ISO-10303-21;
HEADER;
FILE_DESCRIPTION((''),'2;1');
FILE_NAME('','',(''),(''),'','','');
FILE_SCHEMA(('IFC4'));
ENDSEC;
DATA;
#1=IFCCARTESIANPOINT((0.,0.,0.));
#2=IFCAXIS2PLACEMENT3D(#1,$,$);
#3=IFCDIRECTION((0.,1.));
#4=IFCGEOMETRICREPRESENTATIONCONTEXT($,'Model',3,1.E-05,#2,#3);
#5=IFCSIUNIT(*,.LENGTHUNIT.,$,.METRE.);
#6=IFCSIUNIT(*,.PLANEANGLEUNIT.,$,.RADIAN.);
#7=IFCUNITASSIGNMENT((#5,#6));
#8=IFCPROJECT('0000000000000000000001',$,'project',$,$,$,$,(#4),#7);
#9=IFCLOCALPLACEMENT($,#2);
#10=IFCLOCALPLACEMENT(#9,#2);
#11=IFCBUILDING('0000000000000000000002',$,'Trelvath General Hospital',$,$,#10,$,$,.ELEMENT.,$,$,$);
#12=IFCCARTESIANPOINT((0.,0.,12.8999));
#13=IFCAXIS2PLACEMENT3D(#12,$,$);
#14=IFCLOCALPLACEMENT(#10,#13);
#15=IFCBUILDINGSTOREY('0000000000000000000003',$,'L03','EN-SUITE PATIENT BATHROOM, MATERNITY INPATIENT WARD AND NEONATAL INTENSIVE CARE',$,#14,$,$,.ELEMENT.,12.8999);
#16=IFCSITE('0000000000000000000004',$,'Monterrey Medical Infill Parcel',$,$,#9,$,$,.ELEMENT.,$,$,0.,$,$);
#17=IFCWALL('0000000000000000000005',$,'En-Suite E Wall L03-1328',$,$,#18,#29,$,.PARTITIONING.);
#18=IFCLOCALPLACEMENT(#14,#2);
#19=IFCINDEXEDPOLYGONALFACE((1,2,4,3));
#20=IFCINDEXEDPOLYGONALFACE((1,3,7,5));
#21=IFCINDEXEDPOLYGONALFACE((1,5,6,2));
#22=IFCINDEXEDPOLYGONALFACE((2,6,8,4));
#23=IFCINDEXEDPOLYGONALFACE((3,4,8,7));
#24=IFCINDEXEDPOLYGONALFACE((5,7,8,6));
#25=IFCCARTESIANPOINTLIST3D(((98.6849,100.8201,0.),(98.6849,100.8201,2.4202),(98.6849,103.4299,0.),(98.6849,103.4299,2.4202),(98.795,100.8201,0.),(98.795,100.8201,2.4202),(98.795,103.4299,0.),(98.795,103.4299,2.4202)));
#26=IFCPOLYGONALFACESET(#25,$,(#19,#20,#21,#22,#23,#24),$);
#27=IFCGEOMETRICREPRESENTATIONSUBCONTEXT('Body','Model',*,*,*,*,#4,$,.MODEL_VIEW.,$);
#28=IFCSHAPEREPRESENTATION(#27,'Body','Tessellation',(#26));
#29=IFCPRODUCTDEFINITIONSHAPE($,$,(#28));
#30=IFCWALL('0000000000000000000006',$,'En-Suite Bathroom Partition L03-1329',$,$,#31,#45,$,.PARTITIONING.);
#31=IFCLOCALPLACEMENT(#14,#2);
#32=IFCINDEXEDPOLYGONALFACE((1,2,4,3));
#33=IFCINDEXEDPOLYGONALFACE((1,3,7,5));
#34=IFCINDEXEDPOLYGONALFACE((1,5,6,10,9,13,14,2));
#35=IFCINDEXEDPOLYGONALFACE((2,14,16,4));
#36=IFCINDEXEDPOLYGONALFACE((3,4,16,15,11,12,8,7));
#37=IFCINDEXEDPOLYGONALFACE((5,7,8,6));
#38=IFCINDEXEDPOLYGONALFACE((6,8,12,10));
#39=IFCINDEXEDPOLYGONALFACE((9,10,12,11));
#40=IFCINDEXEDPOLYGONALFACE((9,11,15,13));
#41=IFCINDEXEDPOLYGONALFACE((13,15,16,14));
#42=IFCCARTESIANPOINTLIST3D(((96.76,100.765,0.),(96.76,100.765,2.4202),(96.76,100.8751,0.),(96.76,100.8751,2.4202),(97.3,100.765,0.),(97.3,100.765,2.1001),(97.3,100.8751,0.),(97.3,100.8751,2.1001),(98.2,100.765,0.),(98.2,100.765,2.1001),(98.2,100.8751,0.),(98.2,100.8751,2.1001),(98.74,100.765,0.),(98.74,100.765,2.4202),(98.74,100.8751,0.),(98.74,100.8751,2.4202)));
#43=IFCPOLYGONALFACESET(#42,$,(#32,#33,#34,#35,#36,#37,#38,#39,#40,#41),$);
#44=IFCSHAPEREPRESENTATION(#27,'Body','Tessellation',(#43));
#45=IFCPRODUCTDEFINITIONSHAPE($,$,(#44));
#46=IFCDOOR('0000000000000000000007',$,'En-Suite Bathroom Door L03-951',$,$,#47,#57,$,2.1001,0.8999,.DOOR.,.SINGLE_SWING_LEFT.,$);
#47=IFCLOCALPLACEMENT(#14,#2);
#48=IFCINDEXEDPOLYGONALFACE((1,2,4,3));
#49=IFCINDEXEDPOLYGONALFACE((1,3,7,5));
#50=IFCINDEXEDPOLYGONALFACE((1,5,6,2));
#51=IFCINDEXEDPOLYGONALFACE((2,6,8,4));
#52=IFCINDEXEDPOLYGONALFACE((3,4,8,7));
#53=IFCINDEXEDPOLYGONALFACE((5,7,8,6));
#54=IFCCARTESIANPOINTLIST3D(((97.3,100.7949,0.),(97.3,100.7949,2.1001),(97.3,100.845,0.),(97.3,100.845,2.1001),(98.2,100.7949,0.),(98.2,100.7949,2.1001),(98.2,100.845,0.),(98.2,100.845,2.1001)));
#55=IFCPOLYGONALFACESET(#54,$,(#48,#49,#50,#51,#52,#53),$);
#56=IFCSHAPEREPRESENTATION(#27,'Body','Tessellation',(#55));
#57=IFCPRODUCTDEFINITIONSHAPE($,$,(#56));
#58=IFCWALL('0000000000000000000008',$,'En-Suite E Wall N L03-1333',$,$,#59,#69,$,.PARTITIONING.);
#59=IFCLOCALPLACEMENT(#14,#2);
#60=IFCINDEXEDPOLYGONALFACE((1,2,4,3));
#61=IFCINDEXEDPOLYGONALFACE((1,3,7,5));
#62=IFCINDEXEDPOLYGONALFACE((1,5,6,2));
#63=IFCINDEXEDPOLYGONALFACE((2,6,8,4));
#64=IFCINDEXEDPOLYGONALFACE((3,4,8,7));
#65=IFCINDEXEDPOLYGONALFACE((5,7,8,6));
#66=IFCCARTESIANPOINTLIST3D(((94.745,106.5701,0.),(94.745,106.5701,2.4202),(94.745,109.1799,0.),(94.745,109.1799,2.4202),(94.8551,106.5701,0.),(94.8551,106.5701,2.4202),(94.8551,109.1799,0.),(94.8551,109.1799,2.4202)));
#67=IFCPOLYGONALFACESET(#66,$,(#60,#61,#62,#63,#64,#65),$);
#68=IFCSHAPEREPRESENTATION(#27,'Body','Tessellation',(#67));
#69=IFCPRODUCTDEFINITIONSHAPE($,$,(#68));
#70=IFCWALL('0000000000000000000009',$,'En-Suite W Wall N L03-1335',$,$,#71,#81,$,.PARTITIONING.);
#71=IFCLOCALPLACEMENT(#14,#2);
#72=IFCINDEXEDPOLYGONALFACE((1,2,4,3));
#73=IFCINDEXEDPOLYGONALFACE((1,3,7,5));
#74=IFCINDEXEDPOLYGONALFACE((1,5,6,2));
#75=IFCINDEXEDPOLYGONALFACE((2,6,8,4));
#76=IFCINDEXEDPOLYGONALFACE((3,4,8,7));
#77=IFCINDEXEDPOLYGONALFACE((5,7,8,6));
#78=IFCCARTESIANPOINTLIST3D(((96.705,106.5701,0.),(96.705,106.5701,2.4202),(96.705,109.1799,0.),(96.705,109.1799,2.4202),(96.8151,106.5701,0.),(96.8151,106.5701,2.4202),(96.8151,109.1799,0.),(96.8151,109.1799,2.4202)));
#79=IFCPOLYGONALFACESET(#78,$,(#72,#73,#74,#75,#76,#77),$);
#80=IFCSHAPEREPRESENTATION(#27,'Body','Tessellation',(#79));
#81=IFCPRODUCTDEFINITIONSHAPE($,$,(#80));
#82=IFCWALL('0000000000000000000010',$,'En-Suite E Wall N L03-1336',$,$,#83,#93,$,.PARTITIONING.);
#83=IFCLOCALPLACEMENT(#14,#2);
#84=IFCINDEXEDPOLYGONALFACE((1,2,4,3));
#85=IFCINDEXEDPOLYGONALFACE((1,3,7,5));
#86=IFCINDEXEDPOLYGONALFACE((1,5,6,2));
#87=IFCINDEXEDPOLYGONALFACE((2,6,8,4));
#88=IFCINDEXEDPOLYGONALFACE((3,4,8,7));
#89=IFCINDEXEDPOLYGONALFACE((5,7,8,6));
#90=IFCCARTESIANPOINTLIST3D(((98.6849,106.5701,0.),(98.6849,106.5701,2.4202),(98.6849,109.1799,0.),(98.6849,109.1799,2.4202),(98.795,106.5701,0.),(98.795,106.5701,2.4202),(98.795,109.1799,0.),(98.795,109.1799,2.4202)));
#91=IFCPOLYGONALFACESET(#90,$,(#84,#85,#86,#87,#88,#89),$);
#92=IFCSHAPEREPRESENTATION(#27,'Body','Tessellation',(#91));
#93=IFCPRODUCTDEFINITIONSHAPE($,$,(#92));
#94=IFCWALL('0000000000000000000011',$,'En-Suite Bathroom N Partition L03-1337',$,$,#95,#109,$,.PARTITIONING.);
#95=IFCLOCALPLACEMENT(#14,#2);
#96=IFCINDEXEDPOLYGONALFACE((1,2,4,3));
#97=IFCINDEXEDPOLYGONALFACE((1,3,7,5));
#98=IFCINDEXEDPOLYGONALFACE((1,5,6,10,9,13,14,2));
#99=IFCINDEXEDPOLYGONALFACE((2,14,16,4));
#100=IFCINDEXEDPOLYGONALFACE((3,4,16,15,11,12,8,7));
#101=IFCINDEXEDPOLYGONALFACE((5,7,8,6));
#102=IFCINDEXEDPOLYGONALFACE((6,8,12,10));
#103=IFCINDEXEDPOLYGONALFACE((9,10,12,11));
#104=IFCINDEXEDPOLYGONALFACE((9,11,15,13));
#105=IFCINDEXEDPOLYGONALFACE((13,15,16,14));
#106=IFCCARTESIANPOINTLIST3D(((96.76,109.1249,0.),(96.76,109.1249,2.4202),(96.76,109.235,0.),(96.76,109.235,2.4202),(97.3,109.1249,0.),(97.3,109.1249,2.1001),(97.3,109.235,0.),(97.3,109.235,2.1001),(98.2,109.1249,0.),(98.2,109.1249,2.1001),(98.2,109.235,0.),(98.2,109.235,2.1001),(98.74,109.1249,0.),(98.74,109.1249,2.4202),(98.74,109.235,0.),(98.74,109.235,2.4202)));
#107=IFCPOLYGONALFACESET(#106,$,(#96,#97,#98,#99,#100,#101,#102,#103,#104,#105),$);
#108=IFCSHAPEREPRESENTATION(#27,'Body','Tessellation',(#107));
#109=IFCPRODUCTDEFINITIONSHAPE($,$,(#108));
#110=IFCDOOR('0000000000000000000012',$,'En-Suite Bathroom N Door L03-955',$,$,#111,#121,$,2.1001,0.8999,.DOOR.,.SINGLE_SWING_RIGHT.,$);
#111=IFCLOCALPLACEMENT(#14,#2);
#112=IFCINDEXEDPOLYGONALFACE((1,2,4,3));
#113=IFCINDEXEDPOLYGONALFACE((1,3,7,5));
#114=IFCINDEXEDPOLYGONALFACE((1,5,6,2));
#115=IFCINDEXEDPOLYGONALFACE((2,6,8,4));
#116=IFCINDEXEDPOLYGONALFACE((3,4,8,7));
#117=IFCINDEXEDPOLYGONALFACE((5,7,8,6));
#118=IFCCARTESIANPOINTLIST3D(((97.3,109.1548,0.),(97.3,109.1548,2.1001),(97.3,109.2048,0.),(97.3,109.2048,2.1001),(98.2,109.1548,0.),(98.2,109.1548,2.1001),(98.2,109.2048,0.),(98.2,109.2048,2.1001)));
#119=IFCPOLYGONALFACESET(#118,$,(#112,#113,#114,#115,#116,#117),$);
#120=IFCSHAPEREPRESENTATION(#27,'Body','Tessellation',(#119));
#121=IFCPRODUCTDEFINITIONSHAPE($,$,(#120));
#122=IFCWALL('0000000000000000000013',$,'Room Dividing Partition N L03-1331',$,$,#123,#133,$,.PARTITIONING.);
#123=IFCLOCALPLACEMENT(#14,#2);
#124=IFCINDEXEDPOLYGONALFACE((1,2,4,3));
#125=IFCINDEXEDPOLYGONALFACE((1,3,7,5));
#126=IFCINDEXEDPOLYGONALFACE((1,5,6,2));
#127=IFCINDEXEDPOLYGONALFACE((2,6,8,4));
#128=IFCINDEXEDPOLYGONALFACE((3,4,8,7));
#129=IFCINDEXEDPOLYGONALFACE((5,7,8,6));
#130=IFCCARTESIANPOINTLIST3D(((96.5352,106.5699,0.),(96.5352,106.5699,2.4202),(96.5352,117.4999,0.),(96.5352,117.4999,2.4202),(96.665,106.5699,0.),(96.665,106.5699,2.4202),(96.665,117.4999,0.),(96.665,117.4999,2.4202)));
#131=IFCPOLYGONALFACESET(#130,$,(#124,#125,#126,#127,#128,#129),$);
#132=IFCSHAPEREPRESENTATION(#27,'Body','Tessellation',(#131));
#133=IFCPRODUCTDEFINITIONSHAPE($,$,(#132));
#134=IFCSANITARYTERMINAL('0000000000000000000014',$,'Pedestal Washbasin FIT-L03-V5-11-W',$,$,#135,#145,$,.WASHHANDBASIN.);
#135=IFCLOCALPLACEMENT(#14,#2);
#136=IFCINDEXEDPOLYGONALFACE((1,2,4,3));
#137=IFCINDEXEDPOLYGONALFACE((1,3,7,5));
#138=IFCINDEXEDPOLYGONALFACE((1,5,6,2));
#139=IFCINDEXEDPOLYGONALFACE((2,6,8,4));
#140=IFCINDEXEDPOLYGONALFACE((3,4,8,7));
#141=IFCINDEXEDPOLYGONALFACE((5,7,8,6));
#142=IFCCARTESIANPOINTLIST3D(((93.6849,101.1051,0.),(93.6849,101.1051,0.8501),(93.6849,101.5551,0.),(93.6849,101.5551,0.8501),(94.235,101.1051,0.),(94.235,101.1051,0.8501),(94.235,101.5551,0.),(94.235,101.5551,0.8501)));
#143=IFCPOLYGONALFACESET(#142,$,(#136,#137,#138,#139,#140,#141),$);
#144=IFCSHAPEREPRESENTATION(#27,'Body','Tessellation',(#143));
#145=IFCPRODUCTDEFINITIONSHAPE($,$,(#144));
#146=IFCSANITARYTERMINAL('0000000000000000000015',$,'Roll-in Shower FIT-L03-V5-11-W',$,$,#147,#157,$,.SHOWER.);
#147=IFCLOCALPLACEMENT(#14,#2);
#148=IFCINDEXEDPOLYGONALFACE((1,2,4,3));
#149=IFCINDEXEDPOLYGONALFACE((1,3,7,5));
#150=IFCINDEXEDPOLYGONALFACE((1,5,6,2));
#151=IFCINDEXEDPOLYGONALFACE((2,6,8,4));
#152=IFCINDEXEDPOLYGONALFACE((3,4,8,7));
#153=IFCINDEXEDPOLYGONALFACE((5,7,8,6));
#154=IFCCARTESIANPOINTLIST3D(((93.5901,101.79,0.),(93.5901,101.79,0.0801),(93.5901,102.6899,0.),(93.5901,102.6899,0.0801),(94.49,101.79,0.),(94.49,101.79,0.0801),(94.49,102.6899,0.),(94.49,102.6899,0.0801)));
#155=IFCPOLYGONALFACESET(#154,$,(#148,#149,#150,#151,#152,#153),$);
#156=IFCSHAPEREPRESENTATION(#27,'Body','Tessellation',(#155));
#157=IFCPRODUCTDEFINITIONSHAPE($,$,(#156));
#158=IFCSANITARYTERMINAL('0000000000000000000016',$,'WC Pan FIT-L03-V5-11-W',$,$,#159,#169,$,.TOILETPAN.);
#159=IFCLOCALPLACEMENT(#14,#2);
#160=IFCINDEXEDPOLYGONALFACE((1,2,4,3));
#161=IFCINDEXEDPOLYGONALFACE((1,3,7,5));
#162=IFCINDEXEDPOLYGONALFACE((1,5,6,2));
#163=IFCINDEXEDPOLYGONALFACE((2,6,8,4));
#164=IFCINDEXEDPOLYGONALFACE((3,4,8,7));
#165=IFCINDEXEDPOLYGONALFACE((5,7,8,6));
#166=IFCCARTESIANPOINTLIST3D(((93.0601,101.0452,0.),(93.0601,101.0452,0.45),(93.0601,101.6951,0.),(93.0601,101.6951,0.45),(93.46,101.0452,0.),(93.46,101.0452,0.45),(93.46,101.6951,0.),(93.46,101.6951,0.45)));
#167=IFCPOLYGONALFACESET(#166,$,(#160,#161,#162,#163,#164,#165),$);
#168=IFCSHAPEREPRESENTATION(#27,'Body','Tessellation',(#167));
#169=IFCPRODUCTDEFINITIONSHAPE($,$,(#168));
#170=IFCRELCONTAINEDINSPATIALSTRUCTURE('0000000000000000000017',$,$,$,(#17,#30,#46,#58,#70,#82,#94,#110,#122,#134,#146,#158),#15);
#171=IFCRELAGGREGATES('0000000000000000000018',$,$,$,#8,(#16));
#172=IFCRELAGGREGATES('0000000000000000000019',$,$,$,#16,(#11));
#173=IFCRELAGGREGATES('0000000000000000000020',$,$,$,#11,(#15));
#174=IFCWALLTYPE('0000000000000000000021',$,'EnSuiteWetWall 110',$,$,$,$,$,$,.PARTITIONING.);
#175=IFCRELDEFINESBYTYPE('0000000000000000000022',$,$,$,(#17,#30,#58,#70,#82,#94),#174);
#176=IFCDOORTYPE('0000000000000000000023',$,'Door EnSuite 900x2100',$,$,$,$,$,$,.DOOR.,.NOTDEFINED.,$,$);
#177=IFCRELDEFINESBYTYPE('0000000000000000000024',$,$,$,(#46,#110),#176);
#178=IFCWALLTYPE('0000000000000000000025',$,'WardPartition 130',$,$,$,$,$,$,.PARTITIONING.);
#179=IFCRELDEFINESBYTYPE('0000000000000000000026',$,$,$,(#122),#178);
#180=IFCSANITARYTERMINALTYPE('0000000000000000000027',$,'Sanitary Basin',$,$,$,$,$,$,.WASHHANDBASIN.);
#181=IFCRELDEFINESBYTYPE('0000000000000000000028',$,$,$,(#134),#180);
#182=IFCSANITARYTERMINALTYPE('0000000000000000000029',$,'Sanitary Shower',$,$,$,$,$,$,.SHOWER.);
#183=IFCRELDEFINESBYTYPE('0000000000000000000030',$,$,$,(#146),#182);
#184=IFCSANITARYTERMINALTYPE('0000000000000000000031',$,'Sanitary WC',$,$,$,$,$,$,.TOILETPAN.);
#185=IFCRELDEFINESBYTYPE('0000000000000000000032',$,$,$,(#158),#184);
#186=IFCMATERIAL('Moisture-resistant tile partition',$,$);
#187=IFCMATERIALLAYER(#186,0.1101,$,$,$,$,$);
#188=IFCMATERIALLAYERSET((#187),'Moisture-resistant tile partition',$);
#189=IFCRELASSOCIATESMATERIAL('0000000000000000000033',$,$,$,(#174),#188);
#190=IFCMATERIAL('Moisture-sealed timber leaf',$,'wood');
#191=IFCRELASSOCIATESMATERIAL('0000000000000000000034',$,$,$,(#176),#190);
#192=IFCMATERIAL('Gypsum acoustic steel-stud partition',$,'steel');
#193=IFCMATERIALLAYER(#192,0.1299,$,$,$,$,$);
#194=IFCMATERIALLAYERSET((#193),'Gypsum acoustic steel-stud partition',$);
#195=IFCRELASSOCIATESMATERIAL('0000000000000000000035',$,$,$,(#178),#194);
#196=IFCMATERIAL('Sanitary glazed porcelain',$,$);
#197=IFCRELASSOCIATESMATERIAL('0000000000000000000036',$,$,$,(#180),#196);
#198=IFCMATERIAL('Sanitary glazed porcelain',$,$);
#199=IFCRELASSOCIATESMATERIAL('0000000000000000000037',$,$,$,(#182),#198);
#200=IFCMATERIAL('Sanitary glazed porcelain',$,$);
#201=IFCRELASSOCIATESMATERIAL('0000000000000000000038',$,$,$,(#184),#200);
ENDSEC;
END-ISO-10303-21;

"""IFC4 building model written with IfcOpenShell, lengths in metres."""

from ifc_helpers import new_model, si_unit, direction, frame, frame_2d, origin, origin_2d, place, context, subcontext, project, spatial, rectangle, extrude, material, layer, layer_set, type_object, element, fill, save


model = new_model("IFC4")

# Units and contexts
model_context = context("Model", 3, precision=1e-05, world=origin(), true_north=direction((0.0, 1.0)))
body_context = subcontext(model_context, "Body", "Model", "MODEL_VIEW")
ifc_project = project(units=[si_unit("LENGTHUNIT", "METRE"), si_unit("PLANEANGLEUNIT", "RADIAN")], contexts=[model_context])

# Site, building, storey
site_placement = place(None, origin())
site = spatial("IfcSite", under=ifc_project, at=site_placement, Name="Monterrey Medical Infill Parcel", CompositionType="ELEMENT", RefElevation=0.0)
building_placement = place(site_placement, origin())
building = spatial("IfcBuilding", under=site, at=building_placement, Name="Trelvath General Hospital", CompositionType="ELEMENT")
storey_placement = place(building_placement, frame((0.0, 0.0, 12.8999)))
storey = spatial("IfcBuildingStorey", under=building, at=storey_placement, Name="L03", Description="EN-SUITE PATIENT BATHROOM, MATERNITY INPATIENT WARD AND NEONATAL INTENSIVE CARE", CompositionType="ELEMENT", Elevation=12.8999)

# Wall
ifc_material_1 = material(Name="Moisture-resistant tile partition")
ifc_layer_1 = layer(ifc_material_1, 0.1101)
ifc_layer_set_1 = layer_set([ifc_layer_1], Name="Moisture-resistant tile partition")
wall_type_1 = type_object("IfcWallType", Name="EnSuiteWetWall 110", PredefinedType="PARTITIONING", material=ifc_layer_set_1)
for number, where, z_axis, x_axis, name in (
    (1, (98.74, 100.8201, 0.0), (0.0, 0.0, 1.0), (0.0, 1.0, 0.0), "En-Suite E Wall L03-1328"),
):
    element("IfcWall", number, at=place(storey_placement, frame(where, z_axis=z_axis, x_axis=x_axis)), inside=storey, type_object=wall_type_1, Name=name, PredefinedType="PARTITIONING", context=body_context, shape_type="SweptSolid", body=[
        extrude(rectangle(XDim=2.6099, YDim=0.1101, at=frame_2d((1.3049, 0.0))), origin(), (0.0, 0.0, 1.0), 2.4202),
    ])

# Wall, opening, door
wall_1_placement = place(storey_placement, frame((96.76, 100.8201, 0.0), z_axis=(0.0, 0.0, 1.0), x_axis=(1.0, 0.0, 0.0)))
wall_1 = element("IfcWall", 2, at=wall_1_placement, inside=storey, type_object=wall_type_1, Name="En-Suite Bathroom Partition L03-1329", PredefinedType="PARTITIONING", context=body_context, shape_type="SweptSolid", body=[
    extrude(rectangle(XDim=1.98, YDim=0.1101, at=frame_2d((0.99, 0.0))), origin(), (0.0, 0.0, 1.0), 2.4202),
])
opening_1_placement = place(wall_1_placement, frame((0.54, 0.0, 0.0)))
opening_1 = element("IfcOpeningElement", 3, at=opening_1_placement, cuts=wall_1, PredefinedType="OPENING", context=body_context, shape_type="SweptSolid", body=[
    extrude(rectangle(XDim=0.8999, YDim=2.1001, at=frame_2d((0.45, 1.05))), frame((0.0, 0.0649, 0.0), z_axis=(0.0, -1.0, 0.0), x_axis=(1.0, 0.0, 0.0)), (0.0, 0.0, 1.0), 0.1301),
])
ifc_material_2 = material(Name="Moisture-sealed timber leaf", Category="wood")
door_type = type_object("IfcDoorType", Name="Door EnSuite 900x2100", OperationType="NOTDEFINED", PredefinedType="DOOR", material=ifc_material_2)
door_1_placement = place(opening_1_placement, origin())
door_1 = element("IfcDoor", 4, at=door_1_placement, inside=storey, type_object=door_type, Name="En-Suite Bathroom Door L03-951", OperationType="SINGLE_SWING_LEFT", OverallHeight=2.1001, OverallWidth=0.8999, PredefinedType="DOOR", context=body_context, shape_type="SweptSolid", body=[
    extrude(rectangle(XDim=0.8999, YDim=2.1001, at=frame_2d((0.45, 1.05))), frame((0.0, 0.0249, 0.0), z_axis=(0.0, -1.0, 0.0), x_axis=(1.0, 0.0, 0.0)), (0.0, 0.0, 1.0), 0.05),
])
fill(opening_1, door_1)

# Walls
for number, where, z_axis, x_axis, name in (
    (5, (94.8, 106.5701, 0.0), (0.0, 0.0, 1.0), (0.0, 1.0, 0.0), "En-Suite E Wall N L03-1333"),
    (6, (96.76, 106.5701, 0.0), (0.0, 0.0, 1.0), (0.0, 1.0, 0.0), "En-Suite W Wall N L03-1335"),
    (7, (98.74, 106.5701, 0.0), (0.0, 0.0, 1.0), (0.0, 1.0, 0.0), "En-Suite E Wall N L03-1336"),
):
    element("IfcWall", number, at=place(storey_placement, frame(where, z_axis=z_axis, x_axis=x_axis)), inside=storey, type_object=wall_type_1, Name=name, PredefinedType="PARTITIONING", context=body_context, shape_type="SweptSolid", body=[
        extrude(rectangle(XDim=2.6099, YDim=0.1101, at=frame_2d((1.3049, 0.0))), origin(), (0.0, 0.0, 1.0), 2.4202),
    ])

# Wall, opening, door
wall_2_placement = place(storey_placement, frame((96.76, 109.1799, 0.0), z_axis=(0.0, 0.0, 1.0), x_axis=(1.0, 0.0, 0.0)))
wall_2 = element("IfcWall", 8, at=wall_2_placement, inside=storey, type_object=wall_type_1, Name="En-Suite Bathroom N Partition L03-1337", PredefinedType="PARTITIONING", context=body_context, shape_type="SweptSolid", body=[
    extrude(rectangle(XDim=1.98, YDim=0.1101, at=frame_2d((0.99, 0.0))), origin(), (0.0, 0.0, 1.0), 2.4202),
])
opening_2_placement = place(wall_2_placement, frame((0.54, 0.0, 0.0)))
opening_2 = element("IfcOpeningElement", 9, at=opening_2_placement, cuts=wall_2, PredefinedType="OPENING", context=body_context, shape_type="SweptSolid", body=[
    extrude(rectangle(XDim=0.8999, YDim=2.1001, at=frame_2d((0.45, 1.05))), frame((0.0, 0.0649, 0.0), z_axis=(0.0, -1.0, 0.0), x_axis=(1.0, 0.0, 0.0)), (0.0, 0.0, 1.0), 0.1301),
])
door_2_placement = place(opening_2_placement, origin())
door_2 = element("IfcDoor", 10, at=door_2_placement, inside=storey, type_object=door_type, Name="En-Suite Bathroom N Door L03-955", OperationType="SINGLE_SWING_RIGHT", OverallHeight=2.1001, OverallWidth=0.8999, PredefinedType="DOOR", context=body_context, shape_type="SweptSolid", body=[
    extrude(rectangle(XDim=0.8999, YDim=2.1001, at=frame_2d((0.45, 1.05))), frame((0.0, 0.0249, 0.0), z_axis=(0.0, -1.0, 0.0), x_axis=(1.0, 0.0, 0.0)), (0.0, 0.0, 1.0), 0.05),
])
fill(opening_2, door_2)

# Wall
ifc_material_3 = material(Name="Gypsum acoustic steel-stud partition", Category="steel")
ifc_layer_2 = layer(ifc_material_3, 0.1299)
ifc_layer_set_2 = layer_set([ifc_layer_2], Name="Gypsum acoustic steel-stud partition")
wall_type_2 = type_object("IfcWallType", Name="WardPartition 130", PredefinedType="PARTITIONING", material=ifc_layer_set_2)
wall_3_placement = place(storey_placement, frame((96.6001, 106.5701, 0.0), z_axis=(0.0, 0.0, 1.0), x_axis=(0.0, 1.0, 0.0)))
element("IfcWall", 11, at=wall_3_placement, inside=storey, type_object=wall_type_2, Name="Room Dividing Partition N L03-1331", PredefinedType="PARTITIONING", context=body_context, shape_type="SweptSolid", body=[
    extrude(rectangle(XDim=10.9299, YDim=0.1299, at=frame_2d((5.4648, 0.0))), origin(), (0.0, 0.0, 1.0), 2.4202),
])

# Sanitary terminals
ifc_material_4 = material(Name="Sanitary glazed porcelain")
sanitary_terminal_type_1 = type_object("IfcSanitaryTerminalType", Name="Sanitary Basin", PredefinedType="WASHHANDBASIN", material=ifc_material_4)
sanitary_terminal_1_placement = place(storey_placement, frame((93.96, 101.3301, 0.0), z_axis=(0.0, 0.0, 1.0), x_axis=(1.0, 0.0, 0.0)))
element("IfcSanitaryTerminal", 12, at=sanitary_terminal_1_placement, inside=storey, type_object=sanitary_terminal_type_1, Name="Pedestal Washbasin FIT-L03-V5-11-W", PredefinedType="WASHHANDBASIN", context=body_context, shape_type="SweptSolid", body=[
    extrude(rectangle(XDim=0.55, YDim=0.45, at=origin_2d()), origin(), (0.0, 0.0, 1.0), 0.8501),
])
ifc_material_5 = material(Name="Sanitary glazed porcelain")
sanitary_terminal_type_2 = type_object("IfcSanitaryTerminalType", Name="Sanitary Shower", PredefinedType="SHOWER", material=ifc_material_5)
sanitary_terminal_2_placement = place(storey_placement, frame((94.04, 102.24, 0.0), z_axis=(0.0, 0.0, 1.0), x_axis=(1.0, 0.0, 0.0)))
element("IfcSanitaryTerminal", 13, at=sanitary_terminal_2_placement, inside=storey, type_object=sanitary_terminal_type_2, Name="Roll-in Shower FIT-L03-V5-11-W", PredefinedType="SHOWER", context=body_context, shape_type="SweptSolid", body=[
    extrude(rectangle(XDim=0.8999, YDim=0.8999, at=origin_2d()), origin(), (0.0, 0.0, 1.0), 0.0801),
])
ifc_material_6 = material(Name="Sanitary glazed porcelain")
sanitary_terminal_type_3 = type_object("IfcSanitaryTerminalType", Name="Sanitary WC", PredefinedType="TOILETPAN", material=ifc_material_6)
sanitary_terminal_3_placement = place(storey_placement, frame((93.26, 101.3701, 0.0), z_axis=(0.0, 0.0, 1.0), x_axis=(1.0, 0.0, 0.0)))
element("IfcSanitaryTerminal", 14, at=sanitary_terminal_3_placement, inside=storey, type_object=sanitary_terminal_type_3, Name="WC Pan FIT-L03-V5-11-W", PredefinedType="TOILETPAN", context=body_context, shape_type="SweptSolid", body=[
    extrude(rectangle(XDim=0.3999, YDim=0.6499, at=origin_2d()), origin(), (0.0, 0.0, 1.0), 0.45),
])

save(model, "model.ifc")
